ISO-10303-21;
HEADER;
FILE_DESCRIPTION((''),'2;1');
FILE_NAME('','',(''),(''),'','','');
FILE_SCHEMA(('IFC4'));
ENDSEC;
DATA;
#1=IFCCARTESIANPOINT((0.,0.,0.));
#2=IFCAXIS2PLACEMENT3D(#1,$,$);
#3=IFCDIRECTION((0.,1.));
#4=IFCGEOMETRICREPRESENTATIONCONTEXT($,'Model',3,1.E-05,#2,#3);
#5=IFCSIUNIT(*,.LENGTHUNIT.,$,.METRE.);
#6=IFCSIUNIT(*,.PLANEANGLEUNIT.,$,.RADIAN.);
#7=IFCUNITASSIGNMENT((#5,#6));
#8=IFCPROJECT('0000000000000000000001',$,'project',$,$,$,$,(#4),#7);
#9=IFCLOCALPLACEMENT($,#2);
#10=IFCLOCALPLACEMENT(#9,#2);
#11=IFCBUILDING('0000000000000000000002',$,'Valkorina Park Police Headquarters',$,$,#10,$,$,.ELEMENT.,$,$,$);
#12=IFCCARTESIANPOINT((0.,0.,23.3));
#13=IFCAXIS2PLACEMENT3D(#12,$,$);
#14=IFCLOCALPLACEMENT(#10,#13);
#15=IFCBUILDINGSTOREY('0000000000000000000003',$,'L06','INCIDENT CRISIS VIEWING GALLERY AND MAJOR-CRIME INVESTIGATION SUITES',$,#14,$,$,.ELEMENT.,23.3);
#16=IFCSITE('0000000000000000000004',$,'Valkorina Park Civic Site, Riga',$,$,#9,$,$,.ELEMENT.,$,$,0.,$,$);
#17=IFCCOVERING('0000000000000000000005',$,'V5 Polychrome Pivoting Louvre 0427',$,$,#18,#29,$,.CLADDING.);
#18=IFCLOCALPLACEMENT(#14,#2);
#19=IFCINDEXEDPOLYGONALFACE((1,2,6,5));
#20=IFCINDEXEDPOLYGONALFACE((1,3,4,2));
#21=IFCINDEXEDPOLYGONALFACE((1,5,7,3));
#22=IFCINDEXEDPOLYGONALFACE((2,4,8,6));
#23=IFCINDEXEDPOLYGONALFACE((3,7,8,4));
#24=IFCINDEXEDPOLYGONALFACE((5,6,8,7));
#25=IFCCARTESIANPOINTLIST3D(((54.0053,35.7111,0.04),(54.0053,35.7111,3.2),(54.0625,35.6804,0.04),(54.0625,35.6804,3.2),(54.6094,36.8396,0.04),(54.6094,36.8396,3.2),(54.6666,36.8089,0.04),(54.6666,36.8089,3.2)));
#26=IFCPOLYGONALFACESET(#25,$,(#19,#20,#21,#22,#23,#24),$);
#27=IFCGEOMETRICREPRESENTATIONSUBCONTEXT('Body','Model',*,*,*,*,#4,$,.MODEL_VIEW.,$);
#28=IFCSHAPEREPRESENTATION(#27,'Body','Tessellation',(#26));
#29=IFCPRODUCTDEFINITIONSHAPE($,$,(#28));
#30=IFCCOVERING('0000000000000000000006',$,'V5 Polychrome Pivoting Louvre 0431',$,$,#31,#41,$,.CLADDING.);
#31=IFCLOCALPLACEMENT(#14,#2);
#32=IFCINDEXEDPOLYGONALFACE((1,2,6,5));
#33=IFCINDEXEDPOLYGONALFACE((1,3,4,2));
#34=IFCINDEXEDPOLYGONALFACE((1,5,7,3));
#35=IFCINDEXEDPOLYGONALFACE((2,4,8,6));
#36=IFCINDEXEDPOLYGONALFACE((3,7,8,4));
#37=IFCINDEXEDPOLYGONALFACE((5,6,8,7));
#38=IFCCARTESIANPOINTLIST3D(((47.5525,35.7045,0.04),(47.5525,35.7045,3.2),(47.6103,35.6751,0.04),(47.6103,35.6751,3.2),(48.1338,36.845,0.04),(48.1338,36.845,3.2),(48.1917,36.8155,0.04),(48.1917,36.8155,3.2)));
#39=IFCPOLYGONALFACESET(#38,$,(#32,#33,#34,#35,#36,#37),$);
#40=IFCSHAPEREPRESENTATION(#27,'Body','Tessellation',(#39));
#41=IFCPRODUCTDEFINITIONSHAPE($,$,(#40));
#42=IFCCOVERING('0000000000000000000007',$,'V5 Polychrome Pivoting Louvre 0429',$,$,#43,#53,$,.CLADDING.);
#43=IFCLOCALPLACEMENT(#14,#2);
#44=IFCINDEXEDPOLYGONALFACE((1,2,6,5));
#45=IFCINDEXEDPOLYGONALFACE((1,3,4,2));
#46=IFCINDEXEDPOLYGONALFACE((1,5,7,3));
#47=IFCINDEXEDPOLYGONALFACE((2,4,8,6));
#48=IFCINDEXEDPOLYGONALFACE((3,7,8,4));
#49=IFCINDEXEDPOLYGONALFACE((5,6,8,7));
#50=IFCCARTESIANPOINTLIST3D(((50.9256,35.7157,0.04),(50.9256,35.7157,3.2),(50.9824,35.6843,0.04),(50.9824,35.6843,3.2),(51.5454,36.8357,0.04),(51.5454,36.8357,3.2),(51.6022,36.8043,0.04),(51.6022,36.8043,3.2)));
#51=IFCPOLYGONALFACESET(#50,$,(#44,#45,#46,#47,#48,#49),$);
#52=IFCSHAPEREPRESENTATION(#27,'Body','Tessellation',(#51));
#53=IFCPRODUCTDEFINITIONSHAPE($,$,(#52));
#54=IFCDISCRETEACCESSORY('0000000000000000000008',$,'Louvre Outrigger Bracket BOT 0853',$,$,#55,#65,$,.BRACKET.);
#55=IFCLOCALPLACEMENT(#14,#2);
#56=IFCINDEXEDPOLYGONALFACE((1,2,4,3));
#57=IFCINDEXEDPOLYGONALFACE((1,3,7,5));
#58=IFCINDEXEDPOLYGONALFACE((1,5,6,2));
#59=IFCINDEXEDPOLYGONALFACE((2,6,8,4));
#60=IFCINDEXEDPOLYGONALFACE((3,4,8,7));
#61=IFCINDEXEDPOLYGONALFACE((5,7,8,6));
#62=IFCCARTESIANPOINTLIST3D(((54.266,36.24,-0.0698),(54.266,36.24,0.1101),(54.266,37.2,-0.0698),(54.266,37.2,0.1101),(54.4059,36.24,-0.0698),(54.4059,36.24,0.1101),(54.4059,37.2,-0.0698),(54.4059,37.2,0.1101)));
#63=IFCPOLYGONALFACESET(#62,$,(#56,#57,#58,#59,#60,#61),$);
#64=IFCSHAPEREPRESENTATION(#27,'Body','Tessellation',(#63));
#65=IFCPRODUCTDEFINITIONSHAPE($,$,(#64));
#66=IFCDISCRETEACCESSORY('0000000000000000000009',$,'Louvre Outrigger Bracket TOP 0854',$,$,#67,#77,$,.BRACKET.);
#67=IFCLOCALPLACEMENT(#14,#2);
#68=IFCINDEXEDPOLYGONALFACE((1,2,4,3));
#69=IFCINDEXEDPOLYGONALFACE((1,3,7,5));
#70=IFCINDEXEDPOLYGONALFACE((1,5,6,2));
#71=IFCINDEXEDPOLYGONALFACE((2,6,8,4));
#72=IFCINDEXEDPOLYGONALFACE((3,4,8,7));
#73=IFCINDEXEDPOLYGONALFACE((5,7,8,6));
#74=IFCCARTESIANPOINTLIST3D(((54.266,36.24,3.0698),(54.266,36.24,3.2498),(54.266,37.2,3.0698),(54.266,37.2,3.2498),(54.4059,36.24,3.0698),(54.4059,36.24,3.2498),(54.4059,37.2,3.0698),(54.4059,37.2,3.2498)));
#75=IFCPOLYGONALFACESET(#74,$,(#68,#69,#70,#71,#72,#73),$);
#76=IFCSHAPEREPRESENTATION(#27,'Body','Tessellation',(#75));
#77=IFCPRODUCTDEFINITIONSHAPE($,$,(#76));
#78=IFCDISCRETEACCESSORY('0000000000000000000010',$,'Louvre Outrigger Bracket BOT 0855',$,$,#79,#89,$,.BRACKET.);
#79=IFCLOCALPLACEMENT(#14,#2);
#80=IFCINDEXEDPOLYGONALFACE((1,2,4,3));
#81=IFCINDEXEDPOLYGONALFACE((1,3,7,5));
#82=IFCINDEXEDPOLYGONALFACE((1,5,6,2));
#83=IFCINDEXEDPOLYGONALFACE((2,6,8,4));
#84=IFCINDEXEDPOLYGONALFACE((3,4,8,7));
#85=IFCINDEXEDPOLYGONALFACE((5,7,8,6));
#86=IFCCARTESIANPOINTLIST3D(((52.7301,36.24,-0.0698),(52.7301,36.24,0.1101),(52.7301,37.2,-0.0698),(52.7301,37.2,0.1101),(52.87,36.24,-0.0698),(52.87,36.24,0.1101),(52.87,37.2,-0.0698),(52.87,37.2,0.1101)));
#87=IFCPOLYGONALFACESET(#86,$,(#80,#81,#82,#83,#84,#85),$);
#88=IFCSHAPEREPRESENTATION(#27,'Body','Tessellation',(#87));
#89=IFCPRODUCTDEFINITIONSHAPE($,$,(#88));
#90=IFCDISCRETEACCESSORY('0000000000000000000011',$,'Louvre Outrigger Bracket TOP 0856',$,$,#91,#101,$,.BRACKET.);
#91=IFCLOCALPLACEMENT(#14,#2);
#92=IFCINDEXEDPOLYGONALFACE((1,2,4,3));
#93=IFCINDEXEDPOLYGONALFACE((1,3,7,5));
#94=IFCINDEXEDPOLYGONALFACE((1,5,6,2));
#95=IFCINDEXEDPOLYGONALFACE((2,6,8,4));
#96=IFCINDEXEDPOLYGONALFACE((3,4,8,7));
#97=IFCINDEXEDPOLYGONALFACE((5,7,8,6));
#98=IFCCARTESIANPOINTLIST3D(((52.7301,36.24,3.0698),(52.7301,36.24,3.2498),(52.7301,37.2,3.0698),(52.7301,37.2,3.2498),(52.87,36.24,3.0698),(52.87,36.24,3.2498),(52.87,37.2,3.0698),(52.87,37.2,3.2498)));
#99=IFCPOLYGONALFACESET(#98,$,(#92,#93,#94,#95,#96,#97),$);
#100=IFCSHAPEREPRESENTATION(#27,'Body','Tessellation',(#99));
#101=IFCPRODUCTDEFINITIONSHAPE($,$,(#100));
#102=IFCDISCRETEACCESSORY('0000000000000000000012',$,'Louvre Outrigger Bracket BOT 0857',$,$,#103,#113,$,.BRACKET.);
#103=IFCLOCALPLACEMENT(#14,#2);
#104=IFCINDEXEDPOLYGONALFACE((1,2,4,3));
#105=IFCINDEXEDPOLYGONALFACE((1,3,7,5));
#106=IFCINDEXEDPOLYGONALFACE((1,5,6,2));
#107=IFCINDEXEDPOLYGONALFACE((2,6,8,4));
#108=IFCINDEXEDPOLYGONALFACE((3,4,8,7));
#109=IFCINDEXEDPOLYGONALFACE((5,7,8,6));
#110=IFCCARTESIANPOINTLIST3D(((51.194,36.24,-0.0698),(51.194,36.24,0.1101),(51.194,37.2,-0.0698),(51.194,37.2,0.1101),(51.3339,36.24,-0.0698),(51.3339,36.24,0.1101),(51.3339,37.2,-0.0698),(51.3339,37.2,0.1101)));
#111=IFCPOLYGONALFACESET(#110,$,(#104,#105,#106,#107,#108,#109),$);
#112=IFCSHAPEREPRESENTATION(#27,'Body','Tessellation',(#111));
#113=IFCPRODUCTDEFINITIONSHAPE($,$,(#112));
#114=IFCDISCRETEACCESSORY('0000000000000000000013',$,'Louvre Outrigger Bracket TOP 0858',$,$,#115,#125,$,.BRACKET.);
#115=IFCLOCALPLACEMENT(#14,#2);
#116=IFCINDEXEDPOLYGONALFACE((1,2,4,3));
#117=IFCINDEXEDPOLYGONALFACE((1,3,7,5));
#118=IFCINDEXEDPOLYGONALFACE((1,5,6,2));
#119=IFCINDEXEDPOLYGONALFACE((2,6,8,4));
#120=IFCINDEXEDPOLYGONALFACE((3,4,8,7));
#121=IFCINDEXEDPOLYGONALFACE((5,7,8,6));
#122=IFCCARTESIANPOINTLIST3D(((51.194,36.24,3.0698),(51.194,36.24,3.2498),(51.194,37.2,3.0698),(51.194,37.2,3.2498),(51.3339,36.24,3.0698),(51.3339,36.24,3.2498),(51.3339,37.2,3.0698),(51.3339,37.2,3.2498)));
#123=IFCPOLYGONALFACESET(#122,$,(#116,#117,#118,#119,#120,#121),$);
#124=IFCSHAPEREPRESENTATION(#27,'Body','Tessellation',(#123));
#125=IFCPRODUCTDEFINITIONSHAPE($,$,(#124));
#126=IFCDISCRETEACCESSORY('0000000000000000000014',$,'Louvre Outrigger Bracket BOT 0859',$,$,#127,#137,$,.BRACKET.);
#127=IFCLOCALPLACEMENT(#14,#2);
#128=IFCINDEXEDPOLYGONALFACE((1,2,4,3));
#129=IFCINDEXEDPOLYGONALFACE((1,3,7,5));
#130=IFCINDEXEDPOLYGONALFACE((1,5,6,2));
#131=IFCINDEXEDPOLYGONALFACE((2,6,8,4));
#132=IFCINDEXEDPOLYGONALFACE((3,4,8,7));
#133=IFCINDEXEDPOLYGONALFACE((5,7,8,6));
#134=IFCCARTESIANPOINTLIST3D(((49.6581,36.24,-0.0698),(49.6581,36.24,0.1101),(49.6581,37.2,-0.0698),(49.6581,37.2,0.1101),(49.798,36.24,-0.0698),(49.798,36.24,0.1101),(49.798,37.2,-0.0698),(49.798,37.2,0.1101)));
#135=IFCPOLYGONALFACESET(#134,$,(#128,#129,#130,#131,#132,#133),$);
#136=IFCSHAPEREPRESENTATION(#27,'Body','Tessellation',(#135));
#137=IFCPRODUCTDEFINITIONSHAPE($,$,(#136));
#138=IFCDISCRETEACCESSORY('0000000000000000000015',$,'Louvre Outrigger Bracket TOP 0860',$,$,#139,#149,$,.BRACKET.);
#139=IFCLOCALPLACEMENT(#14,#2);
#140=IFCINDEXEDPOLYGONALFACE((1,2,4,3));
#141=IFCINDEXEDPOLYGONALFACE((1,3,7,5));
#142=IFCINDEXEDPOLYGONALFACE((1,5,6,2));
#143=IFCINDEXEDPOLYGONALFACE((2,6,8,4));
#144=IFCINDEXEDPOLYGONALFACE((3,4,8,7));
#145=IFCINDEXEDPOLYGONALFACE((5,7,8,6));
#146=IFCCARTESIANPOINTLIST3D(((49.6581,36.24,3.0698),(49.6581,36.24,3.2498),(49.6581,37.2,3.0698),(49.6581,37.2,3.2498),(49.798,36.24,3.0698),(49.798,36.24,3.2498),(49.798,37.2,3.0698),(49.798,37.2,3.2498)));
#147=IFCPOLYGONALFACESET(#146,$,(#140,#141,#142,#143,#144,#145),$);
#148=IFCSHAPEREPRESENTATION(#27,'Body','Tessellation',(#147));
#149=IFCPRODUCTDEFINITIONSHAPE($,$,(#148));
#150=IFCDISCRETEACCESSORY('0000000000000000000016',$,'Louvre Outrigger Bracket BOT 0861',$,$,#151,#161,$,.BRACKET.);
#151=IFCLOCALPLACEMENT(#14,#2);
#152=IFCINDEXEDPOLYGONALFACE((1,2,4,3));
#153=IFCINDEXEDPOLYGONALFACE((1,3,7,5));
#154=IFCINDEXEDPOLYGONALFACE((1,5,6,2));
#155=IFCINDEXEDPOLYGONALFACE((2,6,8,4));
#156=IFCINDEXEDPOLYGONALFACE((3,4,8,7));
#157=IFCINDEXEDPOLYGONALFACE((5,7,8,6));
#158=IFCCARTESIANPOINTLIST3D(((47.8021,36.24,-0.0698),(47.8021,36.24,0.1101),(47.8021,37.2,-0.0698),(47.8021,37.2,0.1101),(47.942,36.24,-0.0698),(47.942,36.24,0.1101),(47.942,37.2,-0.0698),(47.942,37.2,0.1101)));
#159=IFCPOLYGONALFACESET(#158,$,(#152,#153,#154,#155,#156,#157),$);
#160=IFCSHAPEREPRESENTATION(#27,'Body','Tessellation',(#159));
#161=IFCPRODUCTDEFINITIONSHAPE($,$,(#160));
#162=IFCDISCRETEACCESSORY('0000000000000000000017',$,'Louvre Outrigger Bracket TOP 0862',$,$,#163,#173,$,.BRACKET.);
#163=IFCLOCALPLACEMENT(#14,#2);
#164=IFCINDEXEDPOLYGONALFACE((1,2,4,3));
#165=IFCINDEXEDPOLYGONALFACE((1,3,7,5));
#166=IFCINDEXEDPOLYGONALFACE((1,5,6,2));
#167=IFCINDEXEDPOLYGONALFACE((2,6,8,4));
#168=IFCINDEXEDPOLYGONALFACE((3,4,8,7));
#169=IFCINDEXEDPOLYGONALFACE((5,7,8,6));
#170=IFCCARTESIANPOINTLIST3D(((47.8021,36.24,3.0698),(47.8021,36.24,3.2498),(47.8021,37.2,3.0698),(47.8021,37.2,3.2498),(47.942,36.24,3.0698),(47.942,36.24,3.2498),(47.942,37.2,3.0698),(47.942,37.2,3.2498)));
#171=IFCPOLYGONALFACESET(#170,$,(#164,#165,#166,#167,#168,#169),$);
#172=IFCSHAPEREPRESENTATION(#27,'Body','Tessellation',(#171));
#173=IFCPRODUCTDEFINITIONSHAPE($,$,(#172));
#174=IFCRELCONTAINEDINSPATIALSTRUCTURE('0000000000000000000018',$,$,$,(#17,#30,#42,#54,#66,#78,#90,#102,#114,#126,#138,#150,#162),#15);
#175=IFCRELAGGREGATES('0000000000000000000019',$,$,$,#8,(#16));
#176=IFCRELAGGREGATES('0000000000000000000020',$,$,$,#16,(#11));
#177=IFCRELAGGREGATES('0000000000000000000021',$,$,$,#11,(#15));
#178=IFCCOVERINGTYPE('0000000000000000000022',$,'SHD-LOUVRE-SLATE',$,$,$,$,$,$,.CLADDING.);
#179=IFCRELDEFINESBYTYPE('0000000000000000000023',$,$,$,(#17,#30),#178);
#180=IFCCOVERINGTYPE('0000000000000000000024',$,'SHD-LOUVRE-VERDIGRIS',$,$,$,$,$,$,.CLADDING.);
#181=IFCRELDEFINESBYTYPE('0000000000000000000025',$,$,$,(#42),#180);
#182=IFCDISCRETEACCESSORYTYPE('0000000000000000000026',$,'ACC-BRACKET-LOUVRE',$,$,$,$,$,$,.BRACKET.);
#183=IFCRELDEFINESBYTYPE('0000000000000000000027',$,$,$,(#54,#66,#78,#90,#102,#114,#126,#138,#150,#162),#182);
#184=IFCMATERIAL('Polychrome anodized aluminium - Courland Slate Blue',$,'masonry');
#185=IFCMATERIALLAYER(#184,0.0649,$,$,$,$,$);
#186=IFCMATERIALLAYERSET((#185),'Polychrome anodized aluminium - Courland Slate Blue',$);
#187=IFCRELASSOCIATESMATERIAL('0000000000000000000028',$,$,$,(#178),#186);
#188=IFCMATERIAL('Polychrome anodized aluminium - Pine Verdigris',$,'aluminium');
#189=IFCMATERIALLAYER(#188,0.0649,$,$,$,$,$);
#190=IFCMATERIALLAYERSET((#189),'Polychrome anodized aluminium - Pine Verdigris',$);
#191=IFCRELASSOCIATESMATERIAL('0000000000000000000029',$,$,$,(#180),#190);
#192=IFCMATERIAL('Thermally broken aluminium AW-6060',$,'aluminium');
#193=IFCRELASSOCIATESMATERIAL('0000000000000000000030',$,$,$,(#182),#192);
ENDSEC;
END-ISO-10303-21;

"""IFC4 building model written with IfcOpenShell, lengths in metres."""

from ifc_helpers import new_model, si_unit, direction, frame, origin, origin_2d, place, context, subcontext, project, spatial, rectangle, extrude, material, layer, layer_set, type_object, element, save


model = new_model("IFC4")

# Units and contexts
model_context = context("Model", 3, precision=1e-05, world=origin(), true_north=direction((0.0, 1.0)))
body_context = subcontext(model_context, "Body", "Model", "MODEL_VIEW")
ifc_project = project(units=[si_unit("LENGTHUNIT", "METRE"), si_unit("PLANEANGLEUNIT", "RADIAN")], contexts=[model_context])

# Site, building, storey
site_placement = place(None, origin())
site = spatial("IfcSite", under=ifc_project, at=site_placement, Name="Valkorina Park Civic Site, Riga", CompositionType="ELEMENT", RefElevation=0.0)
building_placement = place(site_placement, origin())
building = spatial("IfcBuilding", under=site, at=building_placement, Name="Valkorina Park Police Headquarters", CompositionType="ELEMENT")
storey_placement = place(building_placement, frame((0.0, 0.0, 23.3)))
storey = spatial("IfcBuildingStorey", under=building, at=storey_placement, Name="L06", Description="INCIDENT CRISIS VIEWING GALLERY AND MAJOR-CRIME INVESTIGATION SUITES", CompositionType="ELEMENT", Elevation=23.3)

# Shared definitions
ifc_material_1 = material(Name="Thermally broken aluminium AW-6060", Category="aluminium")

# Coverings
ifc_material_2 = material(Name="Polychrome anodized aluminium - Courland Slate Blue", Category="masonry")
ifc_layer_1 = layer(ifc_material_2, 0.0649)
ifc_layer_set_1 = layer_set([ifc_layer_1], Name="Polychrome anodized aluminium - Courland Slate Blue")
covering_type_1 = type_object("IfcCoveringType", Name="SHD-LOUVRE-SLATE", PredefinedType="CLADDING", material=ifc_layer_set_1)
for number, where, z_axis, x_axis, name in (
    (1, (54.3359, 36.26, 0.04), (0.0, 0.0, 1.0), (-0.471935, -0.881633, 0.0), "V5 Polychrome Pivoting Louvre 0427"),
    (2, (47.8721, 36.26, 0.04), (0.0, 0.0, 1.0), (-0.454146, -0.890927, 0.0), "V5 Polychrome Pivoting Louvre 0431"),
):
    element("IfcCovering", number, at=place(storey_placement, frame(where, z_axis=z_axis, x_axis=x_axis)), inside=storey, type_object=covering_type_1, Name=name, PredefinedType="CLADDING", context=body_context, shape_type="SweptSolid", body=[
        extrude(rectangle(XDim=1.28, YDim=0.0649, at=origin_2d()), origin(), (0.0, 0.0, 1.0), 3.1599),
    ])
ifc_material_3 = material(Name="Polychrome anodized aluminium - Pine Verdigris", Category="aluminium")
ifc_layer_2 = layer(ifc_material_3, 0.0649)
ifc_layer_set_2 = layer_set([ifc_layer_2], Name="Polychrome anodized aluminium - Pine Verdigris")
covering_type_2 = type_object("IfcCoveringType", Name="SHD-LOUVRE-VERDIGRIS", PredefinedType="CLADDING", material=ifc_layer_set_2)
covering_1_placement = place(storey_placement, frame((51.2639, 36.26, 0.04), z_axis=(0.0, 0.0, 1.0), x_axis=(-0.484199, -0.874958, 0.0)))
element("IfcCovering", 3, at=covering_1_placement, inside=storey, type_object=covering_type_2, Name="V5 Polychrome Pivoting Louvre 0429", PredefinedType="CLADDING", context=body_context, shape_type="SweptSolid", body=[
    extrude(rectangle(XDim=1.28, YDim=0.0649, at=origin_2d()), origin(), (0.0, 0.0, 1.0), 3.1599),
])

# Discrete accessories
discrete_accessory_type = type_object("IfcDiscreteAccessoryType", Name="ACC-BRACKET-LOUVRE", PredefinedType="BRACKET", material=ifc_material_1)
for number, where, z_axis, x_axis, name in (
    (4, (54.3359, 36.72, -0.0698), (0.0, 0.0, 1.0), (0.0, -1.0, 0.0), "Louvre Outrigger Bracket BOT 0853"),
    (5, (54.3359, 36.72, 3.0698), (0.0, 0.0, 1.0), (0.0, -1.0, 0.0), "Louvre Outrigger Bracket TOP 0854"),
    (6, (52.8, 36.72, -0.0698), (0.0, 0.0, 1.0), (0.0, -1.0, 0.0), "Louvre Outrigger Bracket BOT 0855"),
    (7, (52.8, 36.72, 3.0698), (0.0, 0.0, 1.0), (0.0, -1.0, 0.0), "Louvre Outrigger Bracket TOP 0856"),
    (8, (51.2639, 36.72, -0.0698), (0.0, 0.0, 1.0), (0.0, -1.0, 0.0), "Louvre Outrigger Bracket BOT 0857"),
    (9, (51.2639, 36.72, 3.0698), (0.0, 0.0, 1.0), (0.0, -1.0, 0.0), "Louvre Outrigger Bracket TOP 0858"),
    (10, (49.728, 36.72, -0.0698), (0.0, 0.0, 1.0), (0.0, -1.0, 0.0), "Louvre Outrigger Bracket BOT 0859"),
    (11, (49.728, 36.72, 3.0698), (0.0, 0.0, 1.0), (0.0, -1.0, 0.0), "Louvre Outrigger Bracket TOP 0860"),
    (12, (47.8721, 36.72, -0.0698), (0.0, 0.0, 1.0), (0.0, -1.0, 0.0), "Louvre Outrigger Bracket BOT 0861"),
    (13, (47.8721, 36.72, 3.0698), (0.0, 0.0, 1.0), (0.0, -1.0, 0.0), "Louvre Outrigger Bracket TOP 0862"),
):
    element("IfcDiscreteAccessory", number, at=place(storey_placement, frame(where, z_axis=z_axis, x_axis=x_axis)), inside=storey, type_object=discrete_accessory_type, Name=name, PredefinedType="BRACKET", context=body_context, shape_type="SweptSolid", body=[
        extrude(rectangle(XDim=0.96, YDim=0.1399, at=origin_2d()), origin(), (0.0, 0.0, 1.0), 0.1799),
    ])

save(model, "model.ifc")
